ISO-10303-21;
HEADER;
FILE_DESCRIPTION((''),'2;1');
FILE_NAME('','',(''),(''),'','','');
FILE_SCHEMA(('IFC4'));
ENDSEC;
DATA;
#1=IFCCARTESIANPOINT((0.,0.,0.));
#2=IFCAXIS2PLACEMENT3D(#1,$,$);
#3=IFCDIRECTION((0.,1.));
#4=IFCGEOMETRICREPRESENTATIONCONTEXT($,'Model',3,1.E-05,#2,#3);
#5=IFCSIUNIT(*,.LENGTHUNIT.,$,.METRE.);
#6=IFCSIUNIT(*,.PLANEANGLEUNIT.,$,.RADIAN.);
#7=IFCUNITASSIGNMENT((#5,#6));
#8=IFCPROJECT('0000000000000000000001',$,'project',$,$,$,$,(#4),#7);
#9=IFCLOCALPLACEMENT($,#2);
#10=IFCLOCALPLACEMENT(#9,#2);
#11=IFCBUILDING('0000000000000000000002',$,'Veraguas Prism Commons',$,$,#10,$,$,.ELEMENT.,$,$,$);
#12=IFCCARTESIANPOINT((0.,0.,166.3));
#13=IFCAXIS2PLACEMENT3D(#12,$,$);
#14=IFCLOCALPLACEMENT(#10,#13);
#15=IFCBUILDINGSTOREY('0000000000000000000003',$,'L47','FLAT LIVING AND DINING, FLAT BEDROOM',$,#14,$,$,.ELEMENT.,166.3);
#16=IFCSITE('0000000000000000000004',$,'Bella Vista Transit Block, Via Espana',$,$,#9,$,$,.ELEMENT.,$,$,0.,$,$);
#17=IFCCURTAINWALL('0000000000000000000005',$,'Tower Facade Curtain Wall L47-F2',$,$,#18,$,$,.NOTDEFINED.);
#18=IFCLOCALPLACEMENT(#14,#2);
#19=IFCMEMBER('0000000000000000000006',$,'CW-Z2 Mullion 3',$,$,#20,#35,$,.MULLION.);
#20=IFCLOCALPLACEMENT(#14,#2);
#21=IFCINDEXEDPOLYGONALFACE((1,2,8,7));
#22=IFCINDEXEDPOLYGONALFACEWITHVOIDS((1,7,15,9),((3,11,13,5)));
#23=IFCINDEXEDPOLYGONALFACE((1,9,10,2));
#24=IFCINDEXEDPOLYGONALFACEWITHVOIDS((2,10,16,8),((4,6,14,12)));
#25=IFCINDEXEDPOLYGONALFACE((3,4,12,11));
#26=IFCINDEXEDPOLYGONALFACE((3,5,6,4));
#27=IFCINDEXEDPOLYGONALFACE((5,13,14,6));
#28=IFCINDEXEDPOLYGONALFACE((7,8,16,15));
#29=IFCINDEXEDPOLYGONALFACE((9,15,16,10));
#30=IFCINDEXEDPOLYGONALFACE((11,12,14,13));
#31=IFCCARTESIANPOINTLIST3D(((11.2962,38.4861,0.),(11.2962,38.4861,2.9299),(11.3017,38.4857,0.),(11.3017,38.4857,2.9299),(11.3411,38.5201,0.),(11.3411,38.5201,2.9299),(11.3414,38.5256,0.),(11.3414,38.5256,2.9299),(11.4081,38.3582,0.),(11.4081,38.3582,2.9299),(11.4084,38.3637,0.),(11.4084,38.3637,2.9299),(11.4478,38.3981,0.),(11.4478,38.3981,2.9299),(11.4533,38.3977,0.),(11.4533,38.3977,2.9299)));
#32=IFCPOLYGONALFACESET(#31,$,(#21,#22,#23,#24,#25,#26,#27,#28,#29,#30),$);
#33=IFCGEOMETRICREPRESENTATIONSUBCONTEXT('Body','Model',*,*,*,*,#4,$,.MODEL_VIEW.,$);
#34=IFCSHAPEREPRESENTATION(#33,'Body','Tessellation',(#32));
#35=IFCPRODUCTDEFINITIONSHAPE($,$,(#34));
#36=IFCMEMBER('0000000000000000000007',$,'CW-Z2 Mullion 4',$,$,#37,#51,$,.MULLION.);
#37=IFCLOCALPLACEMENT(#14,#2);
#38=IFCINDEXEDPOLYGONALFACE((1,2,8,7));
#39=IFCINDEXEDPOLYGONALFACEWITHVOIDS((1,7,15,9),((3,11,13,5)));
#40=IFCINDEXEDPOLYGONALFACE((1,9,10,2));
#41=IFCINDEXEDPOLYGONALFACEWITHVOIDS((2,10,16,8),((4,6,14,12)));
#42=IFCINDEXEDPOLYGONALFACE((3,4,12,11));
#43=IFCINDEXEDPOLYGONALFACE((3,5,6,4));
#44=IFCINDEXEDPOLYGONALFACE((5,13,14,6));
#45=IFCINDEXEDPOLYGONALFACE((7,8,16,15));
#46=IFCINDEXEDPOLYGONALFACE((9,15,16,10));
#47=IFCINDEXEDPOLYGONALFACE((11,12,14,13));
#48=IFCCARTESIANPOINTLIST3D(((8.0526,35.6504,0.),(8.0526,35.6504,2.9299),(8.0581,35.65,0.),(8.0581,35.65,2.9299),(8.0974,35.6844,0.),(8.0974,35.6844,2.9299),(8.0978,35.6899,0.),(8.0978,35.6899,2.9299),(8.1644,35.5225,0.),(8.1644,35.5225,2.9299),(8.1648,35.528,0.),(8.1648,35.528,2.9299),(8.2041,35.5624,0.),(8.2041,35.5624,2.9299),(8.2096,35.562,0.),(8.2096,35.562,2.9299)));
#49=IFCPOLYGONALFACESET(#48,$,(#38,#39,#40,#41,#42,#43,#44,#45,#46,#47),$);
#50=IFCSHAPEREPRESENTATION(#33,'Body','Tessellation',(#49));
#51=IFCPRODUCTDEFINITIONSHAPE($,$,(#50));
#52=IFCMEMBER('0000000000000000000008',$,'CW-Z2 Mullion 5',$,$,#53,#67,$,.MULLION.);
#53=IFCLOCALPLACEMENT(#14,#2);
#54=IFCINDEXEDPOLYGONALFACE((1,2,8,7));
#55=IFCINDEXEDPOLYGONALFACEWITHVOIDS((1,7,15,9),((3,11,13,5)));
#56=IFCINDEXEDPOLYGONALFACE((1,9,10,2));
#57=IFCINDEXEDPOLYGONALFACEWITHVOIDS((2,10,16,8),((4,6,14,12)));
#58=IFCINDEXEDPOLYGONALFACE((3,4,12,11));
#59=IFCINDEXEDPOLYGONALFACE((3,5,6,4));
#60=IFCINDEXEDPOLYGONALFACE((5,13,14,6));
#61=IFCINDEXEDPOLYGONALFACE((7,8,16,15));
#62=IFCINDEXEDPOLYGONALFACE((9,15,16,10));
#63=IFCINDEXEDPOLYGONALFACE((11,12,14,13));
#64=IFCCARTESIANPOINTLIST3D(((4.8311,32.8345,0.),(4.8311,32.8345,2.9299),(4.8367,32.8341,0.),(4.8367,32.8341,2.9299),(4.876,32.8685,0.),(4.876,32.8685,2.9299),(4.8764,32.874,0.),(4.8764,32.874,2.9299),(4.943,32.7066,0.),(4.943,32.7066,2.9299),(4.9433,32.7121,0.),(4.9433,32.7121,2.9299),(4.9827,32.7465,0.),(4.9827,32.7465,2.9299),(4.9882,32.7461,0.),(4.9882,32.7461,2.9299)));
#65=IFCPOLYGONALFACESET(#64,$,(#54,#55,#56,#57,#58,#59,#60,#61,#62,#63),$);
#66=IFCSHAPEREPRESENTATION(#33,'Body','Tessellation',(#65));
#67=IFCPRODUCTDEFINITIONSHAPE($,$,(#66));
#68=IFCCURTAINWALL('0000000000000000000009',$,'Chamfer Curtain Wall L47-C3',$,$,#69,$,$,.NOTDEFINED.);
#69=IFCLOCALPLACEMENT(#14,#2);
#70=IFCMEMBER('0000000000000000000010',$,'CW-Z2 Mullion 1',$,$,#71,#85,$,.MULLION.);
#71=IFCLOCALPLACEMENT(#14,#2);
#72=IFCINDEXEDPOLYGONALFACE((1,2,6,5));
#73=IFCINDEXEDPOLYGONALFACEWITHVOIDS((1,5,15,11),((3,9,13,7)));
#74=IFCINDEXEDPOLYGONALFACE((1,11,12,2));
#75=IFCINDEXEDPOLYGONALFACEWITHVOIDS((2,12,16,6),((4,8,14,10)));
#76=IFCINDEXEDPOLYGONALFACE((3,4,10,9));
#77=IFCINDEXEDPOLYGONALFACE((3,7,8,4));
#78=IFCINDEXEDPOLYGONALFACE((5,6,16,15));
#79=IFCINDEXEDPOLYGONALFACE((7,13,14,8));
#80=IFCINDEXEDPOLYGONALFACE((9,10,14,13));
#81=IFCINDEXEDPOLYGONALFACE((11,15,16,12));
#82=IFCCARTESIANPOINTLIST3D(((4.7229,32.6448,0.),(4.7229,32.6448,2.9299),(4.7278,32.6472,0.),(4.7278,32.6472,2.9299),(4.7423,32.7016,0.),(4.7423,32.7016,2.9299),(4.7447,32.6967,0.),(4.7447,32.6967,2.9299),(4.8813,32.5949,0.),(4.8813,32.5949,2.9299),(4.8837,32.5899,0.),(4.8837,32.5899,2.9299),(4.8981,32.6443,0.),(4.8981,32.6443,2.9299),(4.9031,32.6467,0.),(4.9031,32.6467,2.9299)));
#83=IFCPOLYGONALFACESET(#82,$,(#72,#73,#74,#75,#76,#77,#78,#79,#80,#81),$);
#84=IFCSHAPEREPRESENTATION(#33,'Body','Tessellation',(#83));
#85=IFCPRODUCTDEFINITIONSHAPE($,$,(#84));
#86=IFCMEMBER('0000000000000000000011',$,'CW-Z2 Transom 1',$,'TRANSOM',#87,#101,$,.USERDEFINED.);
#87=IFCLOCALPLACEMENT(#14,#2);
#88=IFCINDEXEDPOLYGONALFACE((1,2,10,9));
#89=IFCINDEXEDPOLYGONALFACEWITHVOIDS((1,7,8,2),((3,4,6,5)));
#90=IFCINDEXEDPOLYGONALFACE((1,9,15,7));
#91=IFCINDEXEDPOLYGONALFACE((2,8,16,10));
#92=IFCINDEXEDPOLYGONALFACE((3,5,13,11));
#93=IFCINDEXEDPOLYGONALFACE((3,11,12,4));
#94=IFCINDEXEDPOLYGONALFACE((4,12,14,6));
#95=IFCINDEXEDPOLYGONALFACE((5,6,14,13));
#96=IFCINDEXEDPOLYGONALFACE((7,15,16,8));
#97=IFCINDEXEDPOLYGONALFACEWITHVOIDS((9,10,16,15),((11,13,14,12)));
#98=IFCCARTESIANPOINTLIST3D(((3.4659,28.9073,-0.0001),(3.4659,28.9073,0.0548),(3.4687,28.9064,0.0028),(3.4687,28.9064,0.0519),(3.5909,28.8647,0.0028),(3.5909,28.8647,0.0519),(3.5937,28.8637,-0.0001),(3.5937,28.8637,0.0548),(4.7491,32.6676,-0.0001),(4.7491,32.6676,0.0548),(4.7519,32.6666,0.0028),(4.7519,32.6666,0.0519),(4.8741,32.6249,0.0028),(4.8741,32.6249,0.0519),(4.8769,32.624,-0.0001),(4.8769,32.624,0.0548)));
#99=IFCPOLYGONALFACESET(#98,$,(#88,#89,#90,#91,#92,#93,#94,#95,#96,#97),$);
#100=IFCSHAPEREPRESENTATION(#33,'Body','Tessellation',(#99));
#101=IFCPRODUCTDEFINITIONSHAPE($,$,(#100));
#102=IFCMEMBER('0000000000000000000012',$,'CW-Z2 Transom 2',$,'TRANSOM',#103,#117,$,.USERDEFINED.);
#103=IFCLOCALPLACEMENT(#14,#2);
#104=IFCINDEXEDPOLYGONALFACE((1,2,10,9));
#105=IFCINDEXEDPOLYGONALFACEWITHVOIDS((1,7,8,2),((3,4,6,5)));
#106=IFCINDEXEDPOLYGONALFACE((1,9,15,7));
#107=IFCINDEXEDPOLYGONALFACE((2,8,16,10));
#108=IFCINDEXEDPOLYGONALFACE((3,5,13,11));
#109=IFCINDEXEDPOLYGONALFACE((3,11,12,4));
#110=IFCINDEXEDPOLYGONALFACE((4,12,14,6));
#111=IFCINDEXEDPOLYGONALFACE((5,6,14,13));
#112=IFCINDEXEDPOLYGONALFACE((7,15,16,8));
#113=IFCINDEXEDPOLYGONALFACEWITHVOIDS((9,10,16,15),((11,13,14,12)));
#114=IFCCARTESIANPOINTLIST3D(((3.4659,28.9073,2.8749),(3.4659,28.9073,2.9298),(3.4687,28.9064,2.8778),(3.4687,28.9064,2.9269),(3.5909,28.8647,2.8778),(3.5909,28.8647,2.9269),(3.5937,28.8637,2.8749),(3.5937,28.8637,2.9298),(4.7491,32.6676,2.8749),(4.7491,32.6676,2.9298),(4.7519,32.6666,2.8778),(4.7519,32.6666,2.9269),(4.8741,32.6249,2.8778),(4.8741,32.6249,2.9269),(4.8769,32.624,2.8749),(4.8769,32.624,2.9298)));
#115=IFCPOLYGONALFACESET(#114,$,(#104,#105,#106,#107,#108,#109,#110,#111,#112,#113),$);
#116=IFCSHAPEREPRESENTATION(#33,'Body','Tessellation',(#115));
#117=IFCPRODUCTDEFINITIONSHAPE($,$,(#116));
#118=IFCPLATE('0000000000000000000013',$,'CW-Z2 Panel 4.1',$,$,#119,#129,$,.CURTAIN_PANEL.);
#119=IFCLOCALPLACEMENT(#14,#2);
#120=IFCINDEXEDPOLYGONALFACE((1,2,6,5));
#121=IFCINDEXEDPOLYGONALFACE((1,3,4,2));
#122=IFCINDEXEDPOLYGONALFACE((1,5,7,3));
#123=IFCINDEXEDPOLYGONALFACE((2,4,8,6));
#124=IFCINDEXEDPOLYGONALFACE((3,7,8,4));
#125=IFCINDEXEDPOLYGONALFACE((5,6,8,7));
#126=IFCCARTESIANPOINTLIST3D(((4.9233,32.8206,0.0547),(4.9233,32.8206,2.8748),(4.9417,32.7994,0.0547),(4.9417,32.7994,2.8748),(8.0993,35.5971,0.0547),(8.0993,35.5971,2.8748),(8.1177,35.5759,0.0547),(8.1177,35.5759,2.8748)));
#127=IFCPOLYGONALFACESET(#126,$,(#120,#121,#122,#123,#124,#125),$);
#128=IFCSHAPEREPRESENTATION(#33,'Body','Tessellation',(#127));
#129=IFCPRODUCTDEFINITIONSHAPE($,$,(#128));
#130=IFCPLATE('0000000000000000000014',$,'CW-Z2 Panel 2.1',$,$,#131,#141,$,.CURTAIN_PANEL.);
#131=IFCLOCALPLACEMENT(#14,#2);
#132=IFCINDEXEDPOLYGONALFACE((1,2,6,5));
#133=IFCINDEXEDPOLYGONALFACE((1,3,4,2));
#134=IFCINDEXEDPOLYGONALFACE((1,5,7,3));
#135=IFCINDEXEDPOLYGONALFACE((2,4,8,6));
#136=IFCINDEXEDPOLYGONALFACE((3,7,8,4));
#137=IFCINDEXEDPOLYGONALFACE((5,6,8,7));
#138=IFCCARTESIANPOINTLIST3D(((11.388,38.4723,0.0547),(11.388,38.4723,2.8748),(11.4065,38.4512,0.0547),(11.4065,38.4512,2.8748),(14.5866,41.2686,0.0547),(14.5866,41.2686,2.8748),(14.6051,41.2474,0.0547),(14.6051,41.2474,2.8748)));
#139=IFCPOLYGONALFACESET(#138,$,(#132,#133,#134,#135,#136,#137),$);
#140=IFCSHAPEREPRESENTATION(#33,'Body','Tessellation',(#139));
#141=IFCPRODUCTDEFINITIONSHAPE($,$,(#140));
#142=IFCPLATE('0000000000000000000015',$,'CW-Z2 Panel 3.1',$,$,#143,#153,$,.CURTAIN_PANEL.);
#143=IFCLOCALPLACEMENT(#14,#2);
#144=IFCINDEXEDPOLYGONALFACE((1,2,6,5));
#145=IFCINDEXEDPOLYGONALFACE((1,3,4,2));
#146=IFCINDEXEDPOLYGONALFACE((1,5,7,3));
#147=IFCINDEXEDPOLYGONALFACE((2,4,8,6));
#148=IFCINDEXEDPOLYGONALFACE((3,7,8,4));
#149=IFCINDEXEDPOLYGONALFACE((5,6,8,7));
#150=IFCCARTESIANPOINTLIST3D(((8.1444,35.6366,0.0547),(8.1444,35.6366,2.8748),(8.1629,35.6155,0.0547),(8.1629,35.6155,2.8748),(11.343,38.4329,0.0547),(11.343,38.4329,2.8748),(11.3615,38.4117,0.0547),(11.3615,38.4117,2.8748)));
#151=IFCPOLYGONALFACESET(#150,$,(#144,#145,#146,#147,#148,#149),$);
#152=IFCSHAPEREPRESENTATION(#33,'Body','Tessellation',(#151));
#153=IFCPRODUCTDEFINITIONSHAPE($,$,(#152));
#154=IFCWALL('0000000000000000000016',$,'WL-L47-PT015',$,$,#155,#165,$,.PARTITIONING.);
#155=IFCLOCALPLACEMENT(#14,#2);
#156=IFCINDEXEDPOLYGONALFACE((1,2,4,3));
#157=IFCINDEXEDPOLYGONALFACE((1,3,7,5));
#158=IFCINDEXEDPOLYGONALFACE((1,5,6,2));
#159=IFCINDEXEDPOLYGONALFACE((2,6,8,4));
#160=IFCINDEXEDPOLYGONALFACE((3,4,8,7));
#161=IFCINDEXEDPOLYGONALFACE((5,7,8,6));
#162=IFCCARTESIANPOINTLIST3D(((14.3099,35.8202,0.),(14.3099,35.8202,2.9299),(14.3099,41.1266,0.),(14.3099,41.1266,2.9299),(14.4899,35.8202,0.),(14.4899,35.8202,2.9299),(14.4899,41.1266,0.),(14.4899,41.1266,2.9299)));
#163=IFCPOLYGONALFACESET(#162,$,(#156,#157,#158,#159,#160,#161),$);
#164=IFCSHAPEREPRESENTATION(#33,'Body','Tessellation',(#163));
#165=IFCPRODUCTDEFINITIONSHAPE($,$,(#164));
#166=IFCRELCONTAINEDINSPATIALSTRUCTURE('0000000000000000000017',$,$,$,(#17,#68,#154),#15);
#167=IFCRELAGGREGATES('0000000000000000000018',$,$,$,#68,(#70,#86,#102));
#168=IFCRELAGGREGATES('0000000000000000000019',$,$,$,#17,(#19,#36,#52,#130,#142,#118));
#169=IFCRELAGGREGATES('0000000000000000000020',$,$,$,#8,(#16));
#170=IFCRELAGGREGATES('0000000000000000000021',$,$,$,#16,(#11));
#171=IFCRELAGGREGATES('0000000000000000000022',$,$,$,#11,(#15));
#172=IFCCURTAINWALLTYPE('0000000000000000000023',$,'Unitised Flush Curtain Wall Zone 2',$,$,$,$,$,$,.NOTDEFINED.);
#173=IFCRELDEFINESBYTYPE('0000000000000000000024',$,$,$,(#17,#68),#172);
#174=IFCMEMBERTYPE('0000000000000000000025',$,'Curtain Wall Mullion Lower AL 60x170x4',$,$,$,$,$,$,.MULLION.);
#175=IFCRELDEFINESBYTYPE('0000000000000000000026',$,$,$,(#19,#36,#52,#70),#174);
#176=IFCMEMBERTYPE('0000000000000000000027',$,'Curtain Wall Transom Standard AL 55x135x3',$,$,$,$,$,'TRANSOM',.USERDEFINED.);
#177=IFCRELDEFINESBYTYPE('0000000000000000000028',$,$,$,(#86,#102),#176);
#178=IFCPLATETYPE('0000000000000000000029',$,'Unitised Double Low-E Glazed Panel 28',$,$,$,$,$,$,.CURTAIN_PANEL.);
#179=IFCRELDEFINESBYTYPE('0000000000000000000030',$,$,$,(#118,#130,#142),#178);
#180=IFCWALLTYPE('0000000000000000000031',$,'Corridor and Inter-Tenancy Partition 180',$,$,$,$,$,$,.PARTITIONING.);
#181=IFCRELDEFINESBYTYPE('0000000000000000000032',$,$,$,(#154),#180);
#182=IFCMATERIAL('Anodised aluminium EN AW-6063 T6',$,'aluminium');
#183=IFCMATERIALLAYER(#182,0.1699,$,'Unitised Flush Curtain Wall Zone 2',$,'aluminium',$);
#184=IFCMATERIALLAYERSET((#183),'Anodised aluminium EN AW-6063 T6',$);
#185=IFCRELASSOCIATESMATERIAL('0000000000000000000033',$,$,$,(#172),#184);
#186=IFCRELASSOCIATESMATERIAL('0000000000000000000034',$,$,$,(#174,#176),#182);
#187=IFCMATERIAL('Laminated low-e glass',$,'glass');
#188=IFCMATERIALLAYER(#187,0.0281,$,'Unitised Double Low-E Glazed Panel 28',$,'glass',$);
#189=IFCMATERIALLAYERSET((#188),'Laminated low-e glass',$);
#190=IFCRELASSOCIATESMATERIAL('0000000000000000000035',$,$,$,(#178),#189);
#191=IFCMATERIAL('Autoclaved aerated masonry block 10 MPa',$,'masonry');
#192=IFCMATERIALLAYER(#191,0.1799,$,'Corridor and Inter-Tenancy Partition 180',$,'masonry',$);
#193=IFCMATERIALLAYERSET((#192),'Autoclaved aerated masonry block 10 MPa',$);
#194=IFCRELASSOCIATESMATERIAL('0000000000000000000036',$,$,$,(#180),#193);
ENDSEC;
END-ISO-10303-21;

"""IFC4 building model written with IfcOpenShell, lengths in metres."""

from ifc_helpers import new_model, si_unit, direction, frame, frame_2d, origin, origin_2d, place, context, subcontext, project, spatial, rectangle, hollow_rectangle, extrude, source, transform, mapped, material, layer, layer_set, material_profile, profile_set, type_object, element, aggregate, save


model = new_model("IFC4")

# Units and contexts
model_context = context("Model", 3, precision=1e-05, world=origin(), true_north=direction((0.0, 1.0)))
body_context = subcontext(model_context, "Body", "Model", "MODEL_VIEW")
ifc_project = project(units=[si_unit("LENGTHUNIT", "METRE"), si_unit("PLANEANGLEUNIT", "RADIAN")], contexts=[model_context])

# Site, building, storey
site_placement = place(None, origin())
site = spatial("IfcSite", under=ifc_project, at=site_placement, Name="Bella Vista Transit Block, Via Espana", CompositionType="ELEMENT", RefElevation=0.0)
building_placement = place(site_placement, origin())
building = spatial("IfcBuilding", under=site, at=building_placement, Name="Veraguas Prism Commons", CompositionType="ELEMENT")
storey_placement = place(building_placement, frame((0.0, 0.0, 166.3)))
storey = spatial("IfcBuildingStorey", under=building, at=storey_placement, Name="L47", Description="FLAT LIVING AND DINING, FLAT BEDROOM", CompositionType="ELEMENT", Elevation=166.3)

# Curtain walls, members
ifc_material_1 = material(Name="Anodised aluminium EN AW-6063 T6", Category="aluminium")
ifc_layer_1 = layer(ifc_material_1, 0.1699, Name="Unitised Flush Curtain Wall Zone 2", Category="aluminium")
ifc_layer_set_1 = layer_set([ifc_layer_1], Name="Anodised aluminium EN AW-6063 T6")
curtain_wall_type = type_object("IfcCurtainWallType", Name="Unitised Flush Curtain Wall Zone 2", PredefinedType="NOTDEFINED", material=ifc_layer_set_1)
curtain_wall_1_placement = place(storey_placement, origin())
curtain_wall_1 = element("IfcCurtainWall", 1, at=curtain_wall_1_placement, inside=storey, type_object=curtain_wall_type, Name="Tower Facade Curtain Wall L47-F2", PredefinedType="NOTDEFINED")
ifc_material_profile_1 = material_profile(ifc_material_1, hollow_rectangle(XDim=0.0601, YDim=0.1699, WallThickness=0.0039, at=origin_2d()), Name="AL60X170X4")
ifc_profile_set_1 = profile_set([ifc_material_profile_1], Name="Anodised aluminium EN AW-6063 T6")
member_type_1 = type_object("IfcMemberType", Name="Curtain Wall Mullion Lower AL 60x170x4", PredefinedType="MULLION", material=ifc_profile_set_1)
shared_shape_1 = source(origin(), body_context, "Body", "SweptSolid", [
    extrude(hollow_rectangle(XDim=0.0601, YDim=0.1699, WallThickness=0.0039, at=origin_2d()), origin(), (0.0, 0.0, 1.0), 2.9299),
])
member_1_placement = place(storey_placement, frame((11.3748, 38.4419, 0.0), z_axis=(0.0, 0.0, 1.0), x_axis=(-0.752872, -0.658167, 0.0)))
member_1 = element("IfcMember", 2, at=member_1_placement, type_object=member_type_1, Name="CW-Z2 Mullion 3", PredefinedType="MULLION", context=body_context, shape_type="MappedRepresentation", body=[
    mapped(shared_shape_1, transform((0.0, 0.0, 0.0), scale=1.0)),
])
member_2_placement = place(storey_placement, frame((8.1311, 35.6062, 0.0), z_axis=(0.0, 0.0, 1.0), x_axis=(-0.752872, -0.658167, 0.0)))
member_2 = element("IfcMember", 3, at=member_2_placement, type_object=member_type_1, Name="CW-Z2 Mullion 4", PredefinedType="MULLION", context=body_context, shape_type="MappedRepresentation", body=[
    mapped(shared_shape_1, transform((0.0, 0.0, 0.0), scale=1.0)),
])
member_3_placement = place(storey_placement, frame((4.9097, 32.7903, 0.0), z_axis=(0.0, 0.0, 1.0), x_axis=(-0.752872, -0.658167, 0.0)))
member_3 = element("IfcMember", 4, at=member_3_placement, type_object=member_type_1, Name="CW-Z2 Mullion 5", PredefinedType="MULLION", context=body_context, shape_type="MappedRepresentation", body=[
    mapped(shared_shape_1, transform((0.0, 0.0, 0.0), scale=1.0)),
])
curtain_wall_2_placement = place(storey_placement, origin())
curtain_wall_2 = element("IfcCurtainWall", 5, at=curtain_wall_2_placement, inside=storey, type_object=curtain_wall_type, Name="Chamfer Curtain Wall L47-C3", PredefinedType="NOTDEFINED")
member_4_placement = place(storey_placement, frame((4.813, 32.6458, 0.0), z_axis=(0.0, 0.0, 1.0), x_axis=(-0.32293, -0.946423, 0.0)))
member_4 = element("IfcMember", 6, at=member_4_placement, type_object=member_type_1, Name="CW-Z2 Mullion 1", PredefinedType="MULLION", context=body_context, shape_type="MappedRepresentation", body=[
    mapped(shared_shape_1, transform((0.0, 0.0, 0.0), scale=1.0)),
])
ifc_material_profile_2 = material_profile(ifc_material_1, hollow_rectangle(XDim=0.0549, YDim=0.135, WallThickness=0.0029, at=origin_2d()), Name="AL55X135X3")
ifc_profile_set_2 = profile_set([ifc_material_profile_2], Name="Anodised aluminium EN AW-6063 T6")
member_type_2 = type_object("IfcMemberType", Name="Curtain Wall Transom Standard AL 55x135x3", ElementType="TRANSOM", PredefinedType="USERDEFINED", material=ifc_profile_set_2)
shared_shape_2 = source(origin(), body_context, "Body", "SweptSolid", [
    extrude(hollow_rectangle(XDim=0.0549, YDim=0.135, WallThickness=0.0029, at=origin_2d()), origin(), (0.0, 0.0, 1.0), 3.9731),
])
member_5_placement = place(storey_placement, frame((4.813, 32.6458, 0.0273), z_axis=(-0.322967, -0.94641, 0.0), x_axis=(0.0, 0.0, 1.0)))
member_5 = element("IfcMember", 7, at=member_5_placement, type_object=member_type_2, Name="CW-Z2 Transom 1", ObjectType="TRANSOM", PredefinedType="USERDEFINED", context=body_context, shape_type="MappedRepresentation", body=[
    mapped(shared_shape_2, transform((0.0, 0.0, 0.0), scale=1.0)),
])
member_6_placement = place(storey_placement, frame((4.813, 32.6458, 2.9023), z_axis=(-0.322967, -0.94641, 0.0), x_axis=(0.0, 0.0, 1.0)))
member_6 = element("IfcMember", 8, at=member_6_placement, type_object=member_type_2, Name="CW-Z2 Transom 2", ObjectType="TRANSOM", PredefinedType="USERDEFINED", context=body_context, shape_type="MappedRepresentation", body=[
    mapped(shared_shape_2, transform((0.0, 0.0, 0.0), scale=1.0)),
])
aggregate(curtain_wall_2, [member_4, member_5, member_6])

# Plates
ifc_material_2 = material(Name="Laminated low-e glass", Category="glass")
ifc_layer_2 = layer(ifc_material_2, 0.0281, Name="Unitised Double Low-E Glazed Panel 28", Category="glass")
ifc_layer_set_2 = layer_set([ifc_layer_2], Name="Laminated low-e glass")
plate_type = type_object("IfcPlateType", Name="Unitised Double Low-E Glazed Panel 28", PredefinedType="CURTAIN_PANEL", material=ifc_layer_set_2)
shared_shape_3 = source(origin(), body_context, "Body", "SweptSolid", [
    extrude(rectangle(XDim=4.2185, YDim=0.0281, at=origin_2d()), origin(), (0.0, 0.0, 1.0), 2.8201),
])
plate_1_placement = place(storey_placement, frame((6.5205, 34.1982, 0.0547), z_axis=(0.0, 0.0, 1.0), x_axis=(-0.752872, -0.658167, 0.0)))
plate_1 = element("IfcPlate", 9, at=plate_1_placement, type_object=plate_type, Name="CW-Z2 Panel 4.1", PredefinedType="CURTAIN_PANEL", context=body_context, shape_type="MappedRepresentation", body=[
    mapped(shared_shape_3, transform((0.0, 0.0, 0.0), scale=1.0)),
])
shared_shape_4 = source(origin(), body_context, "Body", "SweptSolid", [
    extrude(rectangle(XDim=4.2485, YDim=0.0281, at=origin_2d()), origin(), (0.0, 0.0, 1.0), 2.8201),
])
plate_2_placement = place(storey_placement, frame((12.9966, 39.8599, 0.0547), z_axis=(0.0, 0.0, 1.0), x_axis=(-0.752872, -0.658167, 0.0)))
plate_2 = element("IfcPlate", 10, at=plate_2_placement, type_object=plate_type, Name="CW-Z2 Panel 2.1", PredefinedType="CURTAIN_PANEL", context=body_context, shape_type="MappedRepresentation", body=[
    mapped(shared_shape_4, transform((0.0, 0.0, 0.0), scale=1.0)),
])
plate_3_placement = place(storey_placement, frame((9.7529, 37.0242, 0.0547), z_axis=(0.0, 0.0, 1.0), x_axis=(-0.752872, -0.658167, 0.0)))
plate_3 = element("IfcPlate", 11, at=plate_3_placement, type_object=plate_type, Name="CW-Z2 Panel 3.1", PredefinedType="CURTAIN_PANEL", context=body_context, shape_type="MappedRepresentation", body=[
    mapped(shared_shape_4, transform((0.0, 0.0, 0.0), scale=1.0)),
])
aggregate(curtain_wall_1, [member_1, member_2, member_3, plate_2, plate_3, plate_1])

# Wall
ifc_material_3 = material(Name="Autoclaved aerated masonry block 10 MPa", Category="masonry")
ifc_layer_3 = layer(ifc_material_3, 0.1799, Name="Corridor and Inter-Tenancy Partition 180", Category="masonry")
ifc_layer_set_3 = layer_set([ifc_layer_3], Name="Autoclaved aerated masonry block 10 MPa")
wall_type_1 = type_object("IfcWallType", Name="Corridor and Inter-Tenancy Partition 180", PredefinedType="PARTITIONING", material=ifc_layer_set_3)
wall_1_placement = place(storey_placement, frame((14.3999, 35.8201, 0.0), z_axis=(0.0, 0.0, 1.0), x_axis=(0.0, 1.0, 0.0)))
element("IfcWall", 12, at=wall_1_placement, inside=storey, type_object=wall_type_1, Name="WL-L47-PT015", PredefinedType="PARTITIONING", context=body_context, shape_type="SweptSolid", body=[
    extrude(rectangle(XDim=5.3064, YDim=0.1799, at=frame_2d((2.6533, 0.0))), origin(), (0.0, 0.0, 1.0), 2.9299),
])

save(model, "model.ifc")
